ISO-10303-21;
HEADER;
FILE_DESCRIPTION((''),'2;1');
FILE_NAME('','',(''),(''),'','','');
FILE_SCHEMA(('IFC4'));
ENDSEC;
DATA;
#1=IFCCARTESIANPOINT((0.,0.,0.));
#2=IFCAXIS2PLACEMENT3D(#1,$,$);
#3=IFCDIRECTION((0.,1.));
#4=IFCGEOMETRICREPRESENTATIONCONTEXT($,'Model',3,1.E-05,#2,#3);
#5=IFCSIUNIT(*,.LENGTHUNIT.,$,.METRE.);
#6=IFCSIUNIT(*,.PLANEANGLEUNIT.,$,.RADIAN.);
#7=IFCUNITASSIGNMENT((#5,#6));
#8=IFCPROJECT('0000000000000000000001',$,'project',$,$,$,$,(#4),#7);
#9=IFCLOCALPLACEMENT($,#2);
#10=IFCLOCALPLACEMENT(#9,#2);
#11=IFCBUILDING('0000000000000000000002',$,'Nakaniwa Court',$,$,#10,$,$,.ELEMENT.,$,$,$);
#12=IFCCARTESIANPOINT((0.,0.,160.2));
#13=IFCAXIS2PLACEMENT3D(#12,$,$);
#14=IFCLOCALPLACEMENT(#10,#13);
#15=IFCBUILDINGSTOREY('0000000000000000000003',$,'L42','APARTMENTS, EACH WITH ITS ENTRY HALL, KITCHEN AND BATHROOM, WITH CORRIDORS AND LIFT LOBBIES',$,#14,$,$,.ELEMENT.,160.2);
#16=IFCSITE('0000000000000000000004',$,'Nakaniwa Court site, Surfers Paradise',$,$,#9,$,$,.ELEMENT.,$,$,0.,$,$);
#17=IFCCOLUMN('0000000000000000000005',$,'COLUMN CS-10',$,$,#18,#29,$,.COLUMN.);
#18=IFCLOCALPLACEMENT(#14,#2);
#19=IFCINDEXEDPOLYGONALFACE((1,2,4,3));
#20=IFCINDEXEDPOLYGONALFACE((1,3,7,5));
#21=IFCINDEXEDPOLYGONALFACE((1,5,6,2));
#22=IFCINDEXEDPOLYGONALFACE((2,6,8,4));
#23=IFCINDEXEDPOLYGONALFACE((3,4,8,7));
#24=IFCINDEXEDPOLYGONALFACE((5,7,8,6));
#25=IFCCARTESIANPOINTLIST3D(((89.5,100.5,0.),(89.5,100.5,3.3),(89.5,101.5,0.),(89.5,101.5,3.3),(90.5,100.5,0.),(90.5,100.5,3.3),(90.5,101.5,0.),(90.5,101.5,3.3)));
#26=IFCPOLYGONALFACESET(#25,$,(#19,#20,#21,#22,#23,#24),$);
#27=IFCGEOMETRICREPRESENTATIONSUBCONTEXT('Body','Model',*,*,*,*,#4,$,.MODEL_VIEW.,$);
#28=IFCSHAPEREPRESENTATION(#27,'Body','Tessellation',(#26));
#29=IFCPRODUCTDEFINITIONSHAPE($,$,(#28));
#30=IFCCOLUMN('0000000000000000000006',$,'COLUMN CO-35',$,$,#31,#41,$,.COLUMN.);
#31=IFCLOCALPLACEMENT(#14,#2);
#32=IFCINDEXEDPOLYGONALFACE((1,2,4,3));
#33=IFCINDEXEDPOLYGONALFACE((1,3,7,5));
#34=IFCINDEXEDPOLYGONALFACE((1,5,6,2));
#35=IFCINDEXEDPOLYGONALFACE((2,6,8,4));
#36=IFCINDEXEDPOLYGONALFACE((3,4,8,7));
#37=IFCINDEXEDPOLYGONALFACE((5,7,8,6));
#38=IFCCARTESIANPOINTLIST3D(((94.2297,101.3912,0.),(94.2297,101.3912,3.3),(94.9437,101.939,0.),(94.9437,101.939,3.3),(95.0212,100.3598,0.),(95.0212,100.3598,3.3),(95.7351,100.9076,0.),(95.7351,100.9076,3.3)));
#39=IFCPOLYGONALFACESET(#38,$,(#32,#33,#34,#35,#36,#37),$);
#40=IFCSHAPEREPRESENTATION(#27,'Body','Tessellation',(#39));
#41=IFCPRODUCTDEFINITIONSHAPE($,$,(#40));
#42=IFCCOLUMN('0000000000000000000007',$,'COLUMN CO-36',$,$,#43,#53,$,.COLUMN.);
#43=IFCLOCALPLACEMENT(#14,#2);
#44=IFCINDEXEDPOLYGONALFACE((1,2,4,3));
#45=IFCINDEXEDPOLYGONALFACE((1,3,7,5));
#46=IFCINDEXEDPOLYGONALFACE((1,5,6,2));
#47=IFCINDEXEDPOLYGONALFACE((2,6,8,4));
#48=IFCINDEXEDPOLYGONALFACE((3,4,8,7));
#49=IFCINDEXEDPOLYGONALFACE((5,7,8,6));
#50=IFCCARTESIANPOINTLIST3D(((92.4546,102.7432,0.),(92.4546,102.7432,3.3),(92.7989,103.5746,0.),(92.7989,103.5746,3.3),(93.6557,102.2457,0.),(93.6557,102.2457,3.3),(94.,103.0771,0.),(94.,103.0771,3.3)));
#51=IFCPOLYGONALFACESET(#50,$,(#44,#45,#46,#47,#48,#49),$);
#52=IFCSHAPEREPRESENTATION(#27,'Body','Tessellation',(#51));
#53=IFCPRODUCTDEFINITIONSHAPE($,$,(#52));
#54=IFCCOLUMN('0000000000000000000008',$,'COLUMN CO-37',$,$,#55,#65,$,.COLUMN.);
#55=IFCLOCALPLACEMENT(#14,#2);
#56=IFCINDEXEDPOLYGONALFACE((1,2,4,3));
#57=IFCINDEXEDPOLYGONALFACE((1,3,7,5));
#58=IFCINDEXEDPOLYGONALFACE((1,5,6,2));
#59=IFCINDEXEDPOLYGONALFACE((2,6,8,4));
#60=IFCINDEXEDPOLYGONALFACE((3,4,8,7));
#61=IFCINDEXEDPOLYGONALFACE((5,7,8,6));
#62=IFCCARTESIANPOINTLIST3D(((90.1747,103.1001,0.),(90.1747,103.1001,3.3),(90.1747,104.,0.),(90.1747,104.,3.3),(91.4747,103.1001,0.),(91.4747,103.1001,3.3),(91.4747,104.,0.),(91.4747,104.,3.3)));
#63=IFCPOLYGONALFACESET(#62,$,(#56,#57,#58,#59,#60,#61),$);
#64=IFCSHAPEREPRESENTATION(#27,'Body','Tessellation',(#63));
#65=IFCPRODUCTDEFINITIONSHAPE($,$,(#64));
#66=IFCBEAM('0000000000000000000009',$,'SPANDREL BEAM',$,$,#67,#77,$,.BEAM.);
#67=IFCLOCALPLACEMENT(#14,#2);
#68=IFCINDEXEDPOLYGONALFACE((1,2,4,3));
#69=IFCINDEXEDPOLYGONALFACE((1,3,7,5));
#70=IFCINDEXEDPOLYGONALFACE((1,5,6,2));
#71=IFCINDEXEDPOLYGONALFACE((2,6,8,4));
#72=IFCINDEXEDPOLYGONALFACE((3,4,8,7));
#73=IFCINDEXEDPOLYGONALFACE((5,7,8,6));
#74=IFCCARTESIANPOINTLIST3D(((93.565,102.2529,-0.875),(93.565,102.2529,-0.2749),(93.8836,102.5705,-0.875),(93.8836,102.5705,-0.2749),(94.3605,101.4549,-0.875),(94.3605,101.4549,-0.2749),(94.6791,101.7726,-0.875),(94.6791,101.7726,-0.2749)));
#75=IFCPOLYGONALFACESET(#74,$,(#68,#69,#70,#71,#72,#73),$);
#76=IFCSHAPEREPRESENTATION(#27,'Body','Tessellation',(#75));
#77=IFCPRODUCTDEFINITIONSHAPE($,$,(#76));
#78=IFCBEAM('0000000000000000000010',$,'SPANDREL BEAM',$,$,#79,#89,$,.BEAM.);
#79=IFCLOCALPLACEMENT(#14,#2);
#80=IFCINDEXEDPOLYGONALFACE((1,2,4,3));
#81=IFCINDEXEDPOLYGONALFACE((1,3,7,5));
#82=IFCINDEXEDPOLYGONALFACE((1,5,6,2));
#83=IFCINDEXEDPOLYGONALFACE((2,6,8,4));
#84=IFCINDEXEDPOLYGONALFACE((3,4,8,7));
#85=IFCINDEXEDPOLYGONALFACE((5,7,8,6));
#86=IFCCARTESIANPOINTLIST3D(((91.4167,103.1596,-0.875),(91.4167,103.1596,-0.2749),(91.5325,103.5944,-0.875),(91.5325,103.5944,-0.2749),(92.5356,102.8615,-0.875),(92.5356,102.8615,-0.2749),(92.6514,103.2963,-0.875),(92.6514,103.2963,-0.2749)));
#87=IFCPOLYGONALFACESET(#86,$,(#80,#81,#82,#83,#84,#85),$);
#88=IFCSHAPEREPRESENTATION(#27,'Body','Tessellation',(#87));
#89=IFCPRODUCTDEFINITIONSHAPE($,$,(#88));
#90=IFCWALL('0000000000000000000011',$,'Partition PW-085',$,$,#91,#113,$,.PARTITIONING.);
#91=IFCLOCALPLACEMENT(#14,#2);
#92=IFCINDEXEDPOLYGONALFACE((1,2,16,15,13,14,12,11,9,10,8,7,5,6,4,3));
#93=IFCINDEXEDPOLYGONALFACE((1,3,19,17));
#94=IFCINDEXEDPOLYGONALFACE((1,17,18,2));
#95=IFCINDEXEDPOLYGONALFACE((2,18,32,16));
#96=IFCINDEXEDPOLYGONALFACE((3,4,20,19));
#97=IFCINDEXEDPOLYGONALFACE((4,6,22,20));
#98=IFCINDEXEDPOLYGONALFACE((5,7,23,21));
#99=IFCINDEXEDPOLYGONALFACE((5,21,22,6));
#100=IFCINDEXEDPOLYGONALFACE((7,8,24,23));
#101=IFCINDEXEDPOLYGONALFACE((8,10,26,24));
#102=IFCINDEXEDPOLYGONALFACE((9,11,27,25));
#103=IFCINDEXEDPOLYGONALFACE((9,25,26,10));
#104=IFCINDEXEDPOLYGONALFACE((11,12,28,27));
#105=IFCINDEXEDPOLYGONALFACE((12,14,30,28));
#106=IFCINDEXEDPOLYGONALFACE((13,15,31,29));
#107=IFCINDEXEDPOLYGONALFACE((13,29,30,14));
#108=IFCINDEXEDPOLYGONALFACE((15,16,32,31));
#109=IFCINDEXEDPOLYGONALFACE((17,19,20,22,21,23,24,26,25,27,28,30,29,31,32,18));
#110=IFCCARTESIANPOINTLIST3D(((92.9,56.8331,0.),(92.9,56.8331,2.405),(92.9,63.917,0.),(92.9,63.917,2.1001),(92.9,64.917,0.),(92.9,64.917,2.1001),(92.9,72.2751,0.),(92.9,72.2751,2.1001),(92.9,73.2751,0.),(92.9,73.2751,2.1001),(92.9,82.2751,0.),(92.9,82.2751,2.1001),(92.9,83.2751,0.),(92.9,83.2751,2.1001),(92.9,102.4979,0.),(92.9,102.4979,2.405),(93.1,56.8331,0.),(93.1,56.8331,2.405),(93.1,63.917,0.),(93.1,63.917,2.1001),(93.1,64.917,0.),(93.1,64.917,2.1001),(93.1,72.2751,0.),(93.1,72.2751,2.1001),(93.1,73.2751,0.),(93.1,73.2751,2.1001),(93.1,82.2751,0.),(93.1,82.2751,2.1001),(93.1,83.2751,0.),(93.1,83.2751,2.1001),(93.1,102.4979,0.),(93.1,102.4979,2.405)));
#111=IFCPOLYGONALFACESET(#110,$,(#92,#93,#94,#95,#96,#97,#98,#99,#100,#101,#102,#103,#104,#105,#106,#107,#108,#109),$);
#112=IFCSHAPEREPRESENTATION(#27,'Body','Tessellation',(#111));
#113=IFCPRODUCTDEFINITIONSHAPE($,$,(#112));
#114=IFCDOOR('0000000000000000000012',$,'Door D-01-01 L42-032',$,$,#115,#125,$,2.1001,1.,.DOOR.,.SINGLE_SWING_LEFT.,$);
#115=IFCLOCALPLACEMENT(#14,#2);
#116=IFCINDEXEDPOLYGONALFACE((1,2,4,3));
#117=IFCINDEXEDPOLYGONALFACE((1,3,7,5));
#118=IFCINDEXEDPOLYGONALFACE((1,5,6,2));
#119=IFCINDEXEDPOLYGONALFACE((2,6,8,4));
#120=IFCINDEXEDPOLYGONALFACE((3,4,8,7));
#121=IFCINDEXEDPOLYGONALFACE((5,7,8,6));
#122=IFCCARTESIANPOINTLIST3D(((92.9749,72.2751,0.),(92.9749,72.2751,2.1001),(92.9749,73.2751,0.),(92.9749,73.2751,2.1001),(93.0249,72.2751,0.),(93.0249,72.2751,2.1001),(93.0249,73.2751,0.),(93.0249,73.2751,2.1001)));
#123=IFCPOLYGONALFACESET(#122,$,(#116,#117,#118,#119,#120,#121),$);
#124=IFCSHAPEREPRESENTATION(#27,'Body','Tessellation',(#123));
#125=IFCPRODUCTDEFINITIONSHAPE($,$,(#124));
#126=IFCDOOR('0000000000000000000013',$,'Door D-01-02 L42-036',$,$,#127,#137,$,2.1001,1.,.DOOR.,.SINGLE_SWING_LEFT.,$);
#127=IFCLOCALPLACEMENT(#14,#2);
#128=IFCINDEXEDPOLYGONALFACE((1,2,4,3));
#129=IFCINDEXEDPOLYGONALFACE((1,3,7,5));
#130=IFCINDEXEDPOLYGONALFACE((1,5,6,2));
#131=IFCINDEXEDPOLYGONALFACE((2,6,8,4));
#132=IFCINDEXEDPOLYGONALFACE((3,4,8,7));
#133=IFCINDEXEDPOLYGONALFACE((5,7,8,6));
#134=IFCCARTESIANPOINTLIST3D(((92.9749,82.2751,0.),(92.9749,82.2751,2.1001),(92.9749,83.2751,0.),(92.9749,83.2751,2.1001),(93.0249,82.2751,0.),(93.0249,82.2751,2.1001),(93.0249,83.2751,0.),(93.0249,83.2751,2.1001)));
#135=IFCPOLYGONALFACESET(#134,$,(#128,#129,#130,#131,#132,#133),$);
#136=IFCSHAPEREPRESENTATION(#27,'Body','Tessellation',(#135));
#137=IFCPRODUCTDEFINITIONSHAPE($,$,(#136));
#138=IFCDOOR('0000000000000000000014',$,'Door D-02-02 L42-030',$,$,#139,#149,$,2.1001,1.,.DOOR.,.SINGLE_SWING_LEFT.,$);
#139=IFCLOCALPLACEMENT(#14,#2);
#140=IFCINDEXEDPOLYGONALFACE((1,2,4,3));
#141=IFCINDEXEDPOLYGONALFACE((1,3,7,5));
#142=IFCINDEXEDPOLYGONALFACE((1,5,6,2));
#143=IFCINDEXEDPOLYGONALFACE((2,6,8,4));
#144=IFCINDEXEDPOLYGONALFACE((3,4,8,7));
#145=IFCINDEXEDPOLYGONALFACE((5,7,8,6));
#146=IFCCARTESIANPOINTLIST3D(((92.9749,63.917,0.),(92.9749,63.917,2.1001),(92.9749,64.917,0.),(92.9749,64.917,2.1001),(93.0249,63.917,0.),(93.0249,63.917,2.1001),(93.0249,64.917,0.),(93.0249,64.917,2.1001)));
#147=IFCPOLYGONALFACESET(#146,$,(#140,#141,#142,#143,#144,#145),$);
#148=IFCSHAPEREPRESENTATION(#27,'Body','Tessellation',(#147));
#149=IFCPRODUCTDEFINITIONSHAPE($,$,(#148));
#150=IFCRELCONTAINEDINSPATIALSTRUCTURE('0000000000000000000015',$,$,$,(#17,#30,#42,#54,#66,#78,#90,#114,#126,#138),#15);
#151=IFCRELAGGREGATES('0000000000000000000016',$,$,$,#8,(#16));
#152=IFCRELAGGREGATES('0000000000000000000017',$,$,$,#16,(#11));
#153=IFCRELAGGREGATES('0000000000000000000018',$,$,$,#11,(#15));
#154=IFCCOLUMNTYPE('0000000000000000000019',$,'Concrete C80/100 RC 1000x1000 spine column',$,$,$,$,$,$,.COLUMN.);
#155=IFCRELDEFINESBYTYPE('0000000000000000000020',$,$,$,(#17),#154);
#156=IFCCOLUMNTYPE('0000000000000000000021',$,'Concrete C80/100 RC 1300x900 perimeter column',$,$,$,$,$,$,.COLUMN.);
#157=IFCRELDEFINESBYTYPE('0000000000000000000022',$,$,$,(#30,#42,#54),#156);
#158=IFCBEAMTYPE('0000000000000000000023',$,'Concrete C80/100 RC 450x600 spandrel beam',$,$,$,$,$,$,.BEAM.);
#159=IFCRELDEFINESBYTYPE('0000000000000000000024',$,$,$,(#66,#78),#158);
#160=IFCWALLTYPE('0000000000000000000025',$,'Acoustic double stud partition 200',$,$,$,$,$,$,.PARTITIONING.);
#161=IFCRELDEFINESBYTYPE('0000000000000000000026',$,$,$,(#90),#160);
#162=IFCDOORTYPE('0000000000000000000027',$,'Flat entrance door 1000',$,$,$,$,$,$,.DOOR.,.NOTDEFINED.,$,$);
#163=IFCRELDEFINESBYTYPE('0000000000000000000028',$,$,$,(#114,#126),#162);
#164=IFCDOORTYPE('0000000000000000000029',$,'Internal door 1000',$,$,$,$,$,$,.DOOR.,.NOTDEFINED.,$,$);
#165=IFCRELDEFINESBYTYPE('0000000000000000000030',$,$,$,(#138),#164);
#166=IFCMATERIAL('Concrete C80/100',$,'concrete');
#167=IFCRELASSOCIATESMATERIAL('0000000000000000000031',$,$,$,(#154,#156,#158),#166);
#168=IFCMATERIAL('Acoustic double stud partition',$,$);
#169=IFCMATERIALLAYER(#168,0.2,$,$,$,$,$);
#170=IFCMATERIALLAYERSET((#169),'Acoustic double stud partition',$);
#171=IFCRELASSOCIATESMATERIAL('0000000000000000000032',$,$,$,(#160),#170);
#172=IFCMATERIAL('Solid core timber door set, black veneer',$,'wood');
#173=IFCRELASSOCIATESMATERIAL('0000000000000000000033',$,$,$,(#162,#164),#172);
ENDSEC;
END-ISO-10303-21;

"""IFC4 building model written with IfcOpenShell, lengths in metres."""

from ifc_helpers import new_model, si_unit, direction, frame, frame_2d, origin, origin_2d, place, context, subcontext, project, spatial, rectangle, extrude, material, layer, layer_set, material_profile, profile_set, type_object, element, fill, save


model = new_model("IFC4")

# Units and contexts
model_context = context("Model", 3, precision=1e-05, world=origin(), true_north=direction((0.0, 1.0)))
body_context = subcontext(model_context, "Body", "Model", "MODEL_VIEW")
ifc_project = project(units=[si_unit("LENGTHUNIT", "METRE"), si_unit("PLANEANGLEUNIT", "RADIAN")], contexts=[model_context])

# Site, building, storey
site_placement = place(None, origin())
site = spatial("IfcSite", under=ifc_project, at=site_placement, Name="Nakaniwa Court site, Surfers Paradise", CompositionType="ELEMENT", RefElevation=0.0)
building_placement = place(site_placement, origin())
building = spatial("IfcBuilding", under=site, at=building_placement, Name="Nakaniwa Court", CompositionType="ELEMENT")
storey_placement = place(building_placement, frame((0.0, 0.0, 160.2)))
storey = spatial("IfcBuildingStorey", under=building, at=storey_placement, Name="L42", Description="APARTMENTS, EACH WITH ITS ENTRY HALL, KITCHEN AND BATHROOM, WITH CORRIDORS AND LIFT LOBBIES", CompositionType="ELEMENT", Elevation=160.2)

# Columns
ifc_material_1 = material(Name="Concrete C80/100", Category="concrete")
ifc_material_profile_1 = material_profile(ifc_material_1, rectangle(XDim=1.0, YDim=1.0, at=origin_2d()), Name="Concrete C80/100 RC 1000x1000 spine column")
ifc_profile_set_1 = profile_set([ifc_material_profile_1], Name="Concrete C80/100")
column_type_1 = type_object("IfcColumnType", Name="Concrete C80/100 RC 1000x1000 spine column", PredefinedType="COLUMN", material=ifc_profile_set_1)
column_placement = place(storey_placement, frame((90.0, 101.0, 0.0), z_axis=(0.0, 0.0, 1.0), x_axis=(0.0, 1.0, 0.0)))
element("IfcColumn", 1, at=column_placement, inside=storey, type_object=column_type_1, Name="COLUMN CS-10", PredefinedType="COLUMN", context=body_context, shape_type="SweptSolid", body=[
    extrude(rectangle(XDim=1.0, YDim=1.0, at=origin_2d()), origin(), (0.0, 0.0, 1.0), 3.3),
])
ifc_material_profile_2 = material_profile(ifc_material_1, rectangle(XDim=1.3, YDim=0.8999, at=origin_2d()), Name="Concrete C80/100 RC 1300x900 perimeter column")
ifc_profile_set_2 = profile_set([ifc_material_profile_2], Name="Concrete C80/100")
column_type_2 = type_object("IfcColumnType", Name="Concrete C80/100 RC 1300x900 perimeter column", PredefinedType="COLUMN", material=ifc_profile_set_2)
for number, where, z_axis, x_axis, name in (
    (2, (94.9824, 101.1494, 0.0), (0.0, 0.0, 1.0), (-0.608761, 0.793353, 0.0), "COLUMN CO-35"),
    (3, (93.2273, 102.9102, 0.0), (0.0, 0.0, 1.0), (-0.92388, 0.382683, 0.0), "COLUMN CO-36"),
    (4, (90.8247, 103.55, 0.0), (0.0, 0.0, 1.0), (-1.0, 0.0, 0.0), "COLUMN CO-37"),
):
    element("IfcColumn", number, at=place(storey_placement, frame(where, z_axis=z_axis, x_axis=x_axis)), inside=storey, type_object=column_type_2, Name=name, PredefinedType="COLUMN", context=body_context, shape_type="SweptSolid", body=[
        extrude(rectangle(XDim=1.3, YDim=0.8999, at=origin_2d()), origin(), (0.0, 0.0, 1.0), 3.3),
    ])

# Beams
ifc_material_profile_3 = material_profile(ifc_material_1, rectangle(XDim=0.45, YDim=0.6001, at=origin_2d()), Name="Concrete C80/100 RC 450x600 spandrel beam")
ifc_profile_set_3 = profile_set([ifc_material_profile_3], Name="Concrete C80/100")
beam_type = type_object("IfcBeamType", Name="Concrete C80/100 RC 450x600 spandrel beam", PredefinedType="BEAM", material=ifc_profile_set_3)
beam_1_placement = place(storey_placement, frame((94.5198, 101.6138, -0.575), z_axis=(-0.706022, 0.708189, 0.0), x_axis=(-0.708189, -0.706022, 0.0)))
element("IfcBeam", 5, at=beam_1_placement, inside=storey, type_object=beam_type, Name="SPANDREL BEAM", PredefinedType="BEAM", context=body_context, shape_type="SweptSolid", body=[
    extrude(rectangle(XDim=0.45, YDim=0.6001, at=origin_2d()), origin(), (0.0, 0.0, 1.0), 1.1267),
])
beam_2_placement = place(storey_placement, frame((92.5935, 103.0789, -0.575), z_axis=(-0.966294, 0.25744, 0.0), x_axis=(-0.25744, -0.966294, 0.0)))
element("IfcBeam", 6, at=beam_2_placement, inside=storey, type_object=beam_type, Name="SPANDREL BEAM", PredefinedType="BEAM", context=body_context, shape_type="SweptSolid", body=[
    extrude(rectangle(XDim=0.45, YDim=0.6001, at=origin_2d()), origin(), (0.0, 0.0, 1.0), 1.158),
])

# Wall, openings, doors
ifc_material_2 = material(Name="Acoustic double stud partition")
ifc_layer_1 = layer(ifc_material_2, 0.2)
ifc_layer_set_1 = layer_set([ifc_layer_1], Name="Acoustic double stud partition")
wall_type_1 = type_object("IfcWallType", Name="Acoustic double stud partition 200", PredefinedType="PARTITIONING", material=ifc_layer_set_1)
wall_1_placement = place(storey_placement, frame((93.0, 102.498, 0.0), z_axis=(0.0, 0.0, 1.0), x_axis=(0.0, -1.0, 0.0)))
wall_1 = element("IfcWall", 7, at=wall_1_placement, inside=storey, type_object=wall_type_1, Name="Partition PW-085", PredefinedType="PARTITIONING", context=body_context, shape_type="SweptSolid", body=[
    extrude(rectangle(XDim=45.6648, YDim=0.2, at=frame_2d((22.8325, 0.0))), origin(), (0.0, 0.0, 1.0), 2.405),
])
opening_1_placement = place(wall_1_placement, frame((37.5811, 0.0, 0.0)))
opening_1 = element("IfcOpeningElement", 8, at=opening_1_placement, cuts=wall_1, PredefinedType="OPENING", context=body_context, shape_type="SweptSolid", body=[
    extrude(rectangle(XDim=1.0, YDim=2.1001, at=frame_2d((0.5, 1.05))), frame((0.0, 0.1099, 0.0), z_axis=(0.0, -1.0, 0.0), x_axis=(1.0, 0.0, 0.0)), (0.0, 0.0, 1.0), 0.22),
])
opening_2_placement = place(wall_1_placement, frame((29.2229, 0.0, 0.0)))
opening_2 = element("IfcOpeningElement", 9, at=opening_2_placement, cuts=wall_1, PredefinedType="OPENING", context=body_context, shape_type="SweptSolid", body=[
    extrude(rectangle(XDim=1.0, YDim=2.1001, at=frame_2d((0.5, 1.05))), frame((0.0, 0.1099, 0.0), z_axis=(0.0, -1.0, 0.0), x_axis=(1.0, 0.0, 0.0)), (0.0, 0.0, 1.0), 0.22),
])
opening_3_placement = place(wall_1_placement, frame((19.2229, 0.0, 0.0)))
opening_3 = element("IfcOpeningElement", 10, at=opening_3_placement, cuts=wall_1, PredefinedType="OPENING", context=body_context, shape_type="SweptSolid", body=[
    extrude(rectangle(XDim=1.0, YDim=2.1001, at=frame_2d((0.5, 1.05))), frame((0.0, 0.1099, 0.0), z_axis=(0.0, -1.0, 0.0), x_axis=(1.0, 0.0, 0.0)), (0.0, 0.0, 1.0), 0.22),
])
ifc_material_3 = material(Name="Solid core timber door set, black veneer", Category="wood")
door_type_1 = type_object("IfcDoorType", Name="Flat entrance door 1000", OperationType="NOTDEFINED", PredefinedType="DOOR", material=ifc_material_3)
door_1_placement = place(opening_2_placement, origin())
door_1 = element("IfcDoor", 11, at=door_1_placement, inside=storey, type_object=door_type_1, Name="Door D-01-01 L42-032", OperationType="SINGLE_SWING_LEFT", OverallHeight=2.1001, OverallWidth=1.0, PredefinedType="DOOR", context=body_context, shape_type="SweptSolid", body=[
    extrude(rectangle(XDim=1.0, YDim=2.1001, at=frame_2d((0.5, 1.05))), frame((0.0, 0.0249, 0.0), z_axis=(0.0, -1.0, 0.0), x_axis=(1.0, 0.0, 0.0)), (0.0, 0.0, 1.0), 0.05),
])
fill(opening_2, door_1)
door_2_placement = place(opening_3_placement, origin())
door_2 = element("IfcDoor", 12, at=door_2_placement, inside=storey, type_object=door_type_1, Name="Door D-01-02 L42-036", OperationType="SINGLE_SWING_LEFT", OverallHeight=2.1001, OverallWidth=1.0, PredefinedType="DOOR", context=body_context, shape_type="SweptSolid", body=[
    extrude(rectangle(XDim=1.0, YDim=2.1001, at=frame_2d((0.5, 1.05))), frame((0.0, 0.0249, 0.0), z_axis=(0.0, -1.0, 0.0), x_axis=(1.0, 0.0, 0.0)), (0.0, 0.0, 1.0), 0.05),
])
fill(opening_3, door_2)
door_type_2 = type_object("IfcDoorType", Name="Internal door 1000", OperationType="NOTDEFINED", PredefinedType="DOOR", material=ifc_material_3)
door_3_placement = place(opening_1_placement, origin())
door_3 = element("IfcDoor", 13, at=door_3_placement, inside=storey, type_object=door_type_2, Name="Door D-02-02 L42-030", OperationType="SINGLE_SWING_LEFT", OverallHeight=2.1001, OverallWidth=1.0, PredefinedType="DOOR", context=body_context, shape_type="SweptSolid", body=[
    extrude(rectangle(XDim=1.0, YDim=2.1001, at=frame_2d((0.5, 1.05))), frame((0.0, 0.0249, 0.0), z_axis=(0.0, -1.0, 0.0), x_axis=(1.0, 0.0, 0.0)), (0.0, 0.0, 1.0), 0.05),
])
fill(opening_1, door_3)

save(model, "model.ifc")
